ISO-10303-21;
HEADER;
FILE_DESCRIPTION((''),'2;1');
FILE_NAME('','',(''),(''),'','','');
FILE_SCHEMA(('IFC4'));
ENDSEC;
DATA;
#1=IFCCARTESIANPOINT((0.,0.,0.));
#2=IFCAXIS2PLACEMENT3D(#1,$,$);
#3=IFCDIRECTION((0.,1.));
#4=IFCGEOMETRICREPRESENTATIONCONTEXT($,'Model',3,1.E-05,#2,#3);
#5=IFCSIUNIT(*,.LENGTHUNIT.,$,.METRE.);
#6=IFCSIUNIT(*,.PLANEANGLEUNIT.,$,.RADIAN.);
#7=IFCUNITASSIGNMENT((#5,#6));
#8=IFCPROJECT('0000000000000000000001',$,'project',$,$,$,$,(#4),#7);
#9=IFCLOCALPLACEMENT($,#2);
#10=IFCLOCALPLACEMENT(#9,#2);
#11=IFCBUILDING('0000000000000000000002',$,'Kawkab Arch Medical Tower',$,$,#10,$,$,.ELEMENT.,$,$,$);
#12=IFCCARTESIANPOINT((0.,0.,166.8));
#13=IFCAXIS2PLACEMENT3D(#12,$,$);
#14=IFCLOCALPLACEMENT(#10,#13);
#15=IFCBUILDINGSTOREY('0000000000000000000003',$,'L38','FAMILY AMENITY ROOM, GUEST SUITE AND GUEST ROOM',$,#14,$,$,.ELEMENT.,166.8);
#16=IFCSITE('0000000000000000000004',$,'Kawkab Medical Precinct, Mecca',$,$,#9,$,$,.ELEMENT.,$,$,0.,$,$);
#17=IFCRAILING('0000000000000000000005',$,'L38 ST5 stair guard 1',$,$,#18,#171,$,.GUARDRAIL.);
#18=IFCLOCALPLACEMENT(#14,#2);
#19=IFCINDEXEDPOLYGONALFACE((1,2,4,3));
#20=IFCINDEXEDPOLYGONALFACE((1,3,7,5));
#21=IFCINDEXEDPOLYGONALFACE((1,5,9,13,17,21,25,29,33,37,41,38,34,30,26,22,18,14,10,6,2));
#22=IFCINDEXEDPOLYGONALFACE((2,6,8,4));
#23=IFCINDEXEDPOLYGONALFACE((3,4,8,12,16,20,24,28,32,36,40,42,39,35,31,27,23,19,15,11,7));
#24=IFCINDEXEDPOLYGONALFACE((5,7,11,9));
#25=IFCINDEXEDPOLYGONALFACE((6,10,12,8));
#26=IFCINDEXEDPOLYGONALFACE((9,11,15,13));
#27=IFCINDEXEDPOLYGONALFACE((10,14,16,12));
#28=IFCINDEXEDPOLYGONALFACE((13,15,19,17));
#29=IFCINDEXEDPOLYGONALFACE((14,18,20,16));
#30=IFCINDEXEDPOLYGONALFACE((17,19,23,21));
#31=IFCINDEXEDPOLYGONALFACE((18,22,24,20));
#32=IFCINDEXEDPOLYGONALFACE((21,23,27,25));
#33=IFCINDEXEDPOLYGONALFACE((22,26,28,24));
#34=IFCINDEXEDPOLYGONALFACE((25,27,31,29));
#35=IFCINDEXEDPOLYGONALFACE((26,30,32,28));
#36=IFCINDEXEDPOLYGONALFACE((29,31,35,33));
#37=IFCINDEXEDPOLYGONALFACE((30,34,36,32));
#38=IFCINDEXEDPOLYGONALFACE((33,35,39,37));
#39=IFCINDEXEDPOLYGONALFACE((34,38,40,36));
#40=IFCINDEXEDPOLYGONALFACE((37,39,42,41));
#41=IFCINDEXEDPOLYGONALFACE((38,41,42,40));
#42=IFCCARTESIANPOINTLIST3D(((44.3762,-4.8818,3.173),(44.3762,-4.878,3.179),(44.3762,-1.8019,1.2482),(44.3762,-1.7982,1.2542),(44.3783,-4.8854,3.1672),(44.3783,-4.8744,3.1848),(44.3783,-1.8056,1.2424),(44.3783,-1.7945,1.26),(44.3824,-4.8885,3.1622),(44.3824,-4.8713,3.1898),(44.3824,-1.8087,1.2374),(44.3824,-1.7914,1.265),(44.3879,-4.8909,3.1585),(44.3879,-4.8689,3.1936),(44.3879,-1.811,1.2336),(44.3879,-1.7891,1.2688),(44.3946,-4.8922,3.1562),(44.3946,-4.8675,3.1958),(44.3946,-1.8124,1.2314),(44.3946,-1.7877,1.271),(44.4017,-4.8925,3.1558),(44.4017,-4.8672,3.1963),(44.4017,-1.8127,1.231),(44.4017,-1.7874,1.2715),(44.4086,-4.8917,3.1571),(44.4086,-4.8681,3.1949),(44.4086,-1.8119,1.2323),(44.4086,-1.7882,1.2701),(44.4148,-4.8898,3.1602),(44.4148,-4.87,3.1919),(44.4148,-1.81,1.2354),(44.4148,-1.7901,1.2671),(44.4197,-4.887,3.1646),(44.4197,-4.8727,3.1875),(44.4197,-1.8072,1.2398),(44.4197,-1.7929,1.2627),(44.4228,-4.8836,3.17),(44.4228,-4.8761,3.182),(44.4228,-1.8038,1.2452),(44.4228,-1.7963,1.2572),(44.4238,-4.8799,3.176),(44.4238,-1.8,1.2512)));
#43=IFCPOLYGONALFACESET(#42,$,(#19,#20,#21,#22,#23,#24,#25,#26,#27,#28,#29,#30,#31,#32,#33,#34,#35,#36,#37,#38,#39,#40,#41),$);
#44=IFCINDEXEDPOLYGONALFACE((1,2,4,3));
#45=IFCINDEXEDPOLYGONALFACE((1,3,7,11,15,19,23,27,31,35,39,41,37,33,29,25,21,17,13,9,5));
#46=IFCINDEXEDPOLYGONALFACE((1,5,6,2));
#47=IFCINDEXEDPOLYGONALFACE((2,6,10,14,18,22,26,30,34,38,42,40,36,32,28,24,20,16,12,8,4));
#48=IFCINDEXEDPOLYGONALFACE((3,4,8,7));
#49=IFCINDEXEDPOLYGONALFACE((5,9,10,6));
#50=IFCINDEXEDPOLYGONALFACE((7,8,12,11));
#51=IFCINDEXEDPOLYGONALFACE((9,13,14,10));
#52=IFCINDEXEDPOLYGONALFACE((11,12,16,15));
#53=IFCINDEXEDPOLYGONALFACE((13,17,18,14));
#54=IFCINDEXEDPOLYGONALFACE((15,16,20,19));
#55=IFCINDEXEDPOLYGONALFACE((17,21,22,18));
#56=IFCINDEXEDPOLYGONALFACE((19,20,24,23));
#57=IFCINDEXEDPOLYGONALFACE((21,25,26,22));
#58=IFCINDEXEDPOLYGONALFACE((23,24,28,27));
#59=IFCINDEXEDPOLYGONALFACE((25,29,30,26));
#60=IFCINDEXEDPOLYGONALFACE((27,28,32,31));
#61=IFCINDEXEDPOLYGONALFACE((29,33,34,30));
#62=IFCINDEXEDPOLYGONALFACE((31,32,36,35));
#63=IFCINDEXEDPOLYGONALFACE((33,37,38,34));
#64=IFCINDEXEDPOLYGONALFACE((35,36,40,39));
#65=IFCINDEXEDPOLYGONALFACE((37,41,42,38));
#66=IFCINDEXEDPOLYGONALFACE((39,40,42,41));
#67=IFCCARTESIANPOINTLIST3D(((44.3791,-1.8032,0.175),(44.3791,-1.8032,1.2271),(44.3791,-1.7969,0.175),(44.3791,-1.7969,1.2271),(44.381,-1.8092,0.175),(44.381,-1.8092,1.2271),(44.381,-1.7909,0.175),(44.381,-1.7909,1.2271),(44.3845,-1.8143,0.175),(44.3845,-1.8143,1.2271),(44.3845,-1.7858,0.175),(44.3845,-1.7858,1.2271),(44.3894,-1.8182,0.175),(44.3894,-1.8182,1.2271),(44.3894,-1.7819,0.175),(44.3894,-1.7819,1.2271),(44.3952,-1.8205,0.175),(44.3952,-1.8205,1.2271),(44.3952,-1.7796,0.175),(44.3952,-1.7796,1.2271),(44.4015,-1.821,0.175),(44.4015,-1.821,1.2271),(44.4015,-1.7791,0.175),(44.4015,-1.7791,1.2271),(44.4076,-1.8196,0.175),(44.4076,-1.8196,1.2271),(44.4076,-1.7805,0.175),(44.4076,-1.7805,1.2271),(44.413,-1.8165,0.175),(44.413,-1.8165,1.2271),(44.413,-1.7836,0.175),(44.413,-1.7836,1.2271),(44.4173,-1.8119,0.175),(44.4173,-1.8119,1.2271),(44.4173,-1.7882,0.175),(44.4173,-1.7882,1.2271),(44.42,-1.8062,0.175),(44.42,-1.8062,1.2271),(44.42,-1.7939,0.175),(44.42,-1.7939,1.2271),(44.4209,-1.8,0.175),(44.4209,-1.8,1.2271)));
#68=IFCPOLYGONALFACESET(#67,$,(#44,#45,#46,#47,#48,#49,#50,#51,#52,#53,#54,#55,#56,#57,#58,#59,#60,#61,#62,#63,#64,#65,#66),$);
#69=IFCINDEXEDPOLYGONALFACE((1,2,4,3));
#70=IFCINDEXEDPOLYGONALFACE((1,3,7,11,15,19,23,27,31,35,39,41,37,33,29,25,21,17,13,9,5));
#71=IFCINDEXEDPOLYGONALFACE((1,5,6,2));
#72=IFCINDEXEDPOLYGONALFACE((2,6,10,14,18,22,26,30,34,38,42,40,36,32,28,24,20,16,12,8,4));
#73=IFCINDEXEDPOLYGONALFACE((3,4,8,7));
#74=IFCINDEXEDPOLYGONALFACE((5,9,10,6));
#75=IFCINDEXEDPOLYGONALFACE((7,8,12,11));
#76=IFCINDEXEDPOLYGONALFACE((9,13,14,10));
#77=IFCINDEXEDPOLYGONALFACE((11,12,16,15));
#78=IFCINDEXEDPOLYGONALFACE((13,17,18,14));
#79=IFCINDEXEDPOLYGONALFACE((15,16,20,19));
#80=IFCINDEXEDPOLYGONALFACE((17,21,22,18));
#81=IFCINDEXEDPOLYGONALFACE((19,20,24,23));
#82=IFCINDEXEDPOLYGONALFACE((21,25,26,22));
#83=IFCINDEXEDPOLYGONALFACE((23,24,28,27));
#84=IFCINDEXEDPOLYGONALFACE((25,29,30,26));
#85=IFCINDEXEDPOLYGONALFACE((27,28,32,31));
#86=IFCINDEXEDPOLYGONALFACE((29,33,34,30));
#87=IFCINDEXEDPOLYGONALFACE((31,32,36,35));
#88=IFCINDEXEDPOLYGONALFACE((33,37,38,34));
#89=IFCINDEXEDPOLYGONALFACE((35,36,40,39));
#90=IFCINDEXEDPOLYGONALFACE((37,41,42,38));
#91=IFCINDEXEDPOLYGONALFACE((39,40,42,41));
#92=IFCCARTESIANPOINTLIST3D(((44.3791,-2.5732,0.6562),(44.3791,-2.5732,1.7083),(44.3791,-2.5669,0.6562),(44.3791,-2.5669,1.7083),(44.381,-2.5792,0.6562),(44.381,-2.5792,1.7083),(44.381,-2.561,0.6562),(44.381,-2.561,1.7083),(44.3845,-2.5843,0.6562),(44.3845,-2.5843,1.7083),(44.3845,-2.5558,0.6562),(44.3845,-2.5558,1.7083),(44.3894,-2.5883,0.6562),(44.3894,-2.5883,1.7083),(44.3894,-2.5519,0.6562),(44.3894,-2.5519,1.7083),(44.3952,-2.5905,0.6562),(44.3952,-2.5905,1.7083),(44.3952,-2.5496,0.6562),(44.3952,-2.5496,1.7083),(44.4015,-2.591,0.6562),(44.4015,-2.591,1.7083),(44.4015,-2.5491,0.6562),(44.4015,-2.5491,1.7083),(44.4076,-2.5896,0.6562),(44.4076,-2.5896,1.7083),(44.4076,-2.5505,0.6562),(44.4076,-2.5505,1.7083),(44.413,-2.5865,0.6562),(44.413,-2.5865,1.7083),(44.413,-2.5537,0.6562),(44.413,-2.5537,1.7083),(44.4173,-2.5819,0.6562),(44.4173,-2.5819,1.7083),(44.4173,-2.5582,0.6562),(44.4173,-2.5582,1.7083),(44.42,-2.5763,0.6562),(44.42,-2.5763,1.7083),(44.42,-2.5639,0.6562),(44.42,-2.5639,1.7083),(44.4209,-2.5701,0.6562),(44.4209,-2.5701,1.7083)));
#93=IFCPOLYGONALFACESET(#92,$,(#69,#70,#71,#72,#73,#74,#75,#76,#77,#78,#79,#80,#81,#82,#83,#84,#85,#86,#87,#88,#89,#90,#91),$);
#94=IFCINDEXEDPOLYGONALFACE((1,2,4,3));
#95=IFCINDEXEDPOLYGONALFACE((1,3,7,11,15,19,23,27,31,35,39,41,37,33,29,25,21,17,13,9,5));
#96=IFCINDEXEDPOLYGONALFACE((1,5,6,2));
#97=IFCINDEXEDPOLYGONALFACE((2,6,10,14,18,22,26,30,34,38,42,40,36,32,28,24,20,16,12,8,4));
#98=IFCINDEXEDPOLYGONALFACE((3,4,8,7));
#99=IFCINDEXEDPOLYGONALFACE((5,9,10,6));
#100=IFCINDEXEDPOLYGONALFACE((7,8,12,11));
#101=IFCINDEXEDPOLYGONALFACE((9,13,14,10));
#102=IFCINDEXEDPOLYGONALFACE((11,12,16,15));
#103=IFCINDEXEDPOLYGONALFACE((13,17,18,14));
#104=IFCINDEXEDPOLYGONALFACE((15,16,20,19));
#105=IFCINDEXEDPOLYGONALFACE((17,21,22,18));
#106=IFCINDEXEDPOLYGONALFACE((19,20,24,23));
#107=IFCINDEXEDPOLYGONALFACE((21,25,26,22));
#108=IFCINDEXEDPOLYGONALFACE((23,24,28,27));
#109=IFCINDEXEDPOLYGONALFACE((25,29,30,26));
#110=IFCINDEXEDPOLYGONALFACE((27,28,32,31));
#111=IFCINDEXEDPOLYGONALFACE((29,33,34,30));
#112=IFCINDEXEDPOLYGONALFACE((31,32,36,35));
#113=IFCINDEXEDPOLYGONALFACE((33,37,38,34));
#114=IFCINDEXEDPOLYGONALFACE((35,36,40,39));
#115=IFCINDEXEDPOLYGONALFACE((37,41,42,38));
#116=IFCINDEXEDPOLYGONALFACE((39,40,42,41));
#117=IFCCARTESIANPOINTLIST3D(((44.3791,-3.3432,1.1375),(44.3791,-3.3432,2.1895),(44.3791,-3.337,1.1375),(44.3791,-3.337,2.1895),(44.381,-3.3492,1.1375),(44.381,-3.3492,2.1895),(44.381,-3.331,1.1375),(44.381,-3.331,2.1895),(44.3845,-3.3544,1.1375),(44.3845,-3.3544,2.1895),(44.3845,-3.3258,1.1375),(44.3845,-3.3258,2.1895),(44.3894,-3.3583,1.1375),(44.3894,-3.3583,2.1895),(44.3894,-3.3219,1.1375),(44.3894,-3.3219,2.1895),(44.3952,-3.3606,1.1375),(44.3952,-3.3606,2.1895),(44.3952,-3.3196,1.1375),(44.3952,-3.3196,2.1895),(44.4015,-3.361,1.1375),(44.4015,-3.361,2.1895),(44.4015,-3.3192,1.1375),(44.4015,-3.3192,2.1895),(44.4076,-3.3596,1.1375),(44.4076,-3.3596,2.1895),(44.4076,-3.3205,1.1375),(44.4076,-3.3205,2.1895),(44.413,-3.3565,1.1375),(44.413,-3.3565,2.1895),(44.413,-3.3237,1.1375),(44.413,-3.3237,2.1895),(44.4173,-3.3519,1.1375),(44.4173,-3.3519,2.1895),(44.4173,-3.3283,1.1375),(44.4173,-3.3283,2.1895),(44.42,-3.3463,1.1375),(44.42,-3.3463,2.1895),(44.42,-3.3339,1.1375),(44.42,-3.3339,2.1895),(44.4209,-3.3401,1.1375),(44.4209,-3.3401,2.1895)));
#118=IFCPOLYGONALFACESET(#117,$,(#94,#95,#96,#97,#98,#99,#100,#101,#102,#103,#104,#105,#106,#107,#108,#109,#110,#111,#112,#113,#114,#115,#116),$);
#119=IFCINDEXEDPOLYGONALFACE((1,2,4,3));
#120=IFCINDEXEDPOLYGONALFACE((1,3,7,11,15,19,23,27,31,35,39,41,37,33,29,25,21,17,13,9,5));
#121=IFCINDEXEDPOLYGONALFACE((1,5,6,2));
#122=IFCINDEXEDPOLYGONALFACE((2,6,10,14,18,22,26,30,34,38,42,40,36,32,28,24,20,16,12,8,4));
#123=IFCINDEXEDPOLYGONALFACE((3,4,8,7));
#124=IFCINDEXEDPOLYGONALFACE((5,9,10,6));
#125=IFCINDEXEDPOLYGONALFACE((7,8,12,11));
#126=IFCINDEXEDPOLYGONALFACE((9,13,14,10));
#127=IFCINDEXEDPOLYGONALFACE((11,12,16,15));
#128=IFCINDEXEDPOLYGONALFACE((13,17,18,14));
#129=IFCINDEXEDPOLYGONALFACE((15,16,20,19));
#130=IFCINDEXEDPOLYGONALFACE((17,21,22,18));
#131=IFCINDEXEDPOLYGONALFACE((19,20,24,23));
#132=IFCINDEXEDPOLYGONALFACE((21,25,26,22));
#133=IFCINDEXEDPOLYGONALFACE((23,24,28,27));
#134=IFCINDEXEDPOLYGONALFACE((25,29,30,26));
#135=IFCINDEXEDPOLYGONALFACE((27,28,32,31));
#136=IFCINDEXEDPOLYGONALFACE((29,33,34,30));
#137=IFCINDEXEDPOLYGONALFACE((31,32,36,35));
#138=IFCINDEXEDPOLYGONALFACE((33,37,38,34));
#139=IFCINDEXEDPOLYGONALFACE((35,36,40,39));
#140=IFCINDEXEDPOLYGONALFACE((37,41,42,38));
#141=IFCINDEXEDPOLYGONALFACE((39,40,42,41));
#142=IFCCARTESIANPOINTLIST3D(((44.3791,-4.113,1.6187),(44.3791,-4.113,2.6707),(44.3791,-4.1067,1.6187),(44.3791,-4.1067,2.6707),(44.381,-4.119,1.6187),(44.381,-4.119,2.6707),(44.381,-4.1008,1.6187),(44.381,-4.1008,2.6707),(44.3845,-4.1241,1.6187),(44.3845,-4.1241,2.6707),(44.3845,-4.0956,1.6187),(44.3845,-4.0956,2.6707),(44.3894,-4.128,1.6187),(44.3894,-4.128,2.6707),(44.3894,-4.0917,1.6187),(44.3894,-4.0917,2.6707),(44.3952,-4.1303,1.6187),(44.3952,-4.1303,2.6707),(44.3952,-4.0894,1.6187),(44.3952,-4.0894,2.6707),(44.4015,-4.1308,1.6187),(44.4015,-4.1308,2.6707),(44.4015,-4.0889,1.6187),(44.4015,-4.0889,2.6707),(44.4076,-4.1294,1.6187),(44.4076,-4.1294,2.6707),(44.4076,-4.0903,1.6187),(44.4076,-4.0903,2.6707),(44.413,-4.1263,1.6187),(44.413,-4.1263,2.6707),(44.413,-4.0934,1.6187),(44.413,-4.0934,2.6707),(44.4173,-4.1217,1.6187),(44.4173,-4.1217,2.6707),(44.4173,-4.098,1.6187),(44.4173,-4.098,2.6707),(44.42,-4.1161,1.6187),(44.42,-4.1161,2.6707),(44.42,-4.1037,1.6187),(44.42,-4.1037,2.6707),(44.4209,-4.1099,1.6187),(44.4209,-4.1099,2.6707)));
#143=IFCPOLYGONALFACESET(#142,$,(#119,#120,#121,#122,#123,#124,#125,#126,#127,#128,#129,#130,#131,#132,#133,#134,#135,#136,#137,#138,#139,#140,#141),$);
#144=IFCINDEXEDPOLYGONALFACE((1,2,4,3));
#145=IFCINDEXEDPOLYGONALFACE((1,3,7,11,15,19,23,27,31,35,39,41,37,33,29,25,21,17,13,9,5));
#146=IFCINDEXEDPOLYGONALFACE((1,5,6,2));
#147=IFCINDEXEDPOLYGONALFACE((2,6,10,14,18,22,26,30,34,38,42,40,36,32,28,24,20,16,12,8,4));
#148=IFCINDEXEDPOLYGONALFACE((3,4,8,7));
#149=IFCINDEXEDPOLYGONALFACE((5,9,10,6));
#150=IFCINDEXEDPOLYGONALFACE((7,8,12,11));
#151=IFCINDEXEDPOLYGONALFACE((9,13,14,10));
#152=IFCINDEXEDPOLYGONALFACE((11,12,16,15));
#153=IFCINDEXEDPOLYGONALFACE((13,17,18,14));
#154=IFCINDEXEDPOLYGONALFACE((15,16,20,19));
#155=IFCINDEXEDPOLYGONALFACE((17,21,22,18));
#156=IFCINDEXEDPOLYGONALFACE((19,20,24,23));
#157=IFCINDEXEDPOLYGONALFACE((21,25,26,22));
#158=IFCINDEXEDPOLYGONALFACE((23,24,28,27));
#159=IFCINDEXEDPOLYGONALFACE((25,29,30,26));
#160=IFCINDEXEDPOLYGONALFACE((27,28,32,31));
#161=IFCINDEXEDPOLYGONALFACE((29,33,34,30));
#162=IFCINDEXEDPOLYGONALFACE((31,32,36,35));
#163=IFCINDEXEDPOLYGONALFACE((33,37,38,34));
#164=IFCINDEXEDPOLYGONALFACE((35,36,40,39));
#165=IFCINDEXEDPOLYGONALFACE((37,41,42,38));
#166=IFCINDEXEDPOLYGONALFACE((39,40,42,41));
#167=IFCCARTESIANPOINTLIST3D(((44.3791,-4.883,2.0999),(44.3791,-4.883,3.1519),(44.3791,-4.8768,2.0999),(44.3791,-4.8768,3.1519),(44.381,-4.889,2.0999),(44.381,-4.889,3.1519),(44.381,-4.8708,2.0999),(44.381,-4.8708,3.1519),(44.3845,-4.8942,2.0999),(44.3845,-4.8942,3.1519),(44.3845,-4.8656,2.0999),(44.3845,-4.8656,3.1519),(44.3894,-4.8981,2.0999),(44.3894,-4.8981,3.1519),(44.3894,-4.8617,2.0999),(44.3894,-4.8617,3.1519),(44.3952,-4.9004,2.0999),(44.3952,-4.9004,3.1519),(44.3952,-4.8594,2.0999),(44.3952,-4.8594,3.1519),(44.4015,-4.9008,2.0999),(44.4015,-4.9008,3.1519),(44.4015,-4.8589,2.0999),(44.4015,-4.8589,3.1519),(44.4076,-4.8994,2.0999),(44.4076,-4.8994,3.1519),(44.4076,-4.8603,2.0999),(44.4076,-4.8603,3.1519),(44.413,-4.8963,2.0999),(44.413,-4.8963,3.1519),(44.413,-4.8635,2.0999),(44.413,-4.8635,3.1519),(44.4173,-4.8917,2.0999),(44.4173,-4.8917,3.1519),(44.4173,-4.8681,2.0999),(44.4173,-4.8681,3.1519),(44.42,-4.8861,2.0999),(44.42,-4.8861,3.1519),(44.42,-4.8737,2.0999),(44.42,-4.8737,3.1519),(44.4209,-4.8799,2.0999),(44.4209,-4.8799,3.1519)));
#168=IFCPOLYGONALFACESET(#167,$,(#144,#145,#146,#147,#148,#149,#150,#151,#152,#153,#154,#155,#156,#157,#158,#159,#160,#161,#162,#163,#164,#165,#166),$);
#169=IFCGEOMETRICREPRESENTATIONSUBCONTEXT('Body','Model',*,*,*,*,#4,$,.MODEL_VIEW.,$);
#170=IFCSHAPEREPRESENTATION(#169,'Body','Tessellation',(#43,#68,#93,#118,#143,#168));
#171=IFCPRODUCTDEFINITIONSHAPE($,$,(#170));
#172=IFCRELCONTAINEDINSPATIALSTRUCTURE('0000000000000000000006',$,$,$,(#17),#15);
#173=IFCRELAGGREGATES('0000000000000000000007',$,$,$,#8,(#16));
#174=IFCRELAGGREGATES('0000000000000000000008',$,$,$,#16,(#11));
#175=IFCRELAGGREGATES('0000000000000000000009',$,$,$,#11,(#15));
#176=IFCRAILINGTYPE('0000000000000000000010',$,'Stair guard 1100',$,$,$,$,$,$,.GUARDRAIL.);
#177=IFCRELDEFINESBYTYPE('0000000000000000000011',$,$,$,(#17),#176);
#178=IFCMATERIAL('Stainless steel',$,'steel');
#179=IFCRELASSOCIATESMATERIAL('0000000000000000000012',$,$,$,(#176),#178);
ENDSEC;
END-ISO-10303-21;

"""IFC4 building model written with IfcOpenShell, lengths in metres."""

from ifc_helpers import new_model, si_unit, direction, frame, origin, origin_2d, place, context, subcontext, project, spatial, circle, extrude, material, type_object, element, save


model = new_model("IFC4")

# Units and contexts
model_context = context("Model", 3, precision=1e-05, world=origin(), true_north=direction((0.0, 1.0)))
body_context = subcontext(model_context, "Body", "Model", "MODEL_VIEW")
ifc_project = project(units=[si_unit("LENGTHUNIT", "METRE"), si_unit("PLANEANGLEUNIT", "RADIAN")], contexts=[model_context])

# Site, building, storey
site_placement = place(None, origin())
site = spatial("IfcSite", under=ifc_project, at=site_placement, Name="Kawkab Medical Precinct, Mecca", CompositionType="ELEMENT", RefElevation=0.0)
building_placement = place(site_placement, origin())
building = spatial("IfcBuilding", under=site, at=building_placement, Name="Kawkab Arch Medical Tower", CompositionType="ELEMENT")
storey_placement = place(building_placement, frame((0.0, 0.0, 166.8)))
storey = spatial("IfcBuildingStorey", under=building, at=storey_placement, Name="L38", Description="FAMILY AMENITY ROOM, GUEST SUITE AND GUEST ROOM", CompositionType="ELEMENT", Elevation=166.8)

# Railing
ifc_material_1 = material(Name="Stainless steel", Category="steel")
railing_type_1 = type_object("IfcRailingType", Name="Stair guard 1100", PredefinedType="GUARDRAIL", material=ifc_material_1)
railing_1_placement = place(storey_placement, frame((44.3999, -1.8, 0.175)))
element("IfcRailing", 1, at=railing_1_placement, inside=storey, type_object=railing_type_1, Name="L38 ST5 stair guard 1", PredefinedType="GUARDRAIL", context=body_context, shape_type="SweptSolid", body=[
    extrude(circle(Radius=0.0239, at=origin_2d()), frame((0.0, 0.0, 1.0762), z_axis=(0.0, -0.84801, 0.529981), x_axis=(1.0, 0.0, 0.0)), (0.0, 0.0, 1.0), 3.6318),
    extrude(circle(Radius=0.021, at=origin_2d()), origin(), (0.0, 0.0, 1.0), 1.052),
    extrude(circle(Radius=0.021, at=origin_2d()), frame((0.0, -0.77, 0.4812)), (0.0, 0.0, 1.0), 1.052),
    extrude(circle(Radius=0.021, at=origin_2d()), frame((0.0, -1.54, 0.9624)), (0.0, 0.0, 1.0), 1.052),
    extrude(circle(Radius=0.021, at=origin_2d()), frame((0.0, -2.3098, 1.4436)), (0.0, 0.0, 1.0), 1.052),
    extrude(circle(Radius=0.021, at=origin_2d()), frame((0.0, -3.0798, 1.9248)), (0.0, 0.0, 1.0), 1.052),
])

save(model, "model.ifc")
